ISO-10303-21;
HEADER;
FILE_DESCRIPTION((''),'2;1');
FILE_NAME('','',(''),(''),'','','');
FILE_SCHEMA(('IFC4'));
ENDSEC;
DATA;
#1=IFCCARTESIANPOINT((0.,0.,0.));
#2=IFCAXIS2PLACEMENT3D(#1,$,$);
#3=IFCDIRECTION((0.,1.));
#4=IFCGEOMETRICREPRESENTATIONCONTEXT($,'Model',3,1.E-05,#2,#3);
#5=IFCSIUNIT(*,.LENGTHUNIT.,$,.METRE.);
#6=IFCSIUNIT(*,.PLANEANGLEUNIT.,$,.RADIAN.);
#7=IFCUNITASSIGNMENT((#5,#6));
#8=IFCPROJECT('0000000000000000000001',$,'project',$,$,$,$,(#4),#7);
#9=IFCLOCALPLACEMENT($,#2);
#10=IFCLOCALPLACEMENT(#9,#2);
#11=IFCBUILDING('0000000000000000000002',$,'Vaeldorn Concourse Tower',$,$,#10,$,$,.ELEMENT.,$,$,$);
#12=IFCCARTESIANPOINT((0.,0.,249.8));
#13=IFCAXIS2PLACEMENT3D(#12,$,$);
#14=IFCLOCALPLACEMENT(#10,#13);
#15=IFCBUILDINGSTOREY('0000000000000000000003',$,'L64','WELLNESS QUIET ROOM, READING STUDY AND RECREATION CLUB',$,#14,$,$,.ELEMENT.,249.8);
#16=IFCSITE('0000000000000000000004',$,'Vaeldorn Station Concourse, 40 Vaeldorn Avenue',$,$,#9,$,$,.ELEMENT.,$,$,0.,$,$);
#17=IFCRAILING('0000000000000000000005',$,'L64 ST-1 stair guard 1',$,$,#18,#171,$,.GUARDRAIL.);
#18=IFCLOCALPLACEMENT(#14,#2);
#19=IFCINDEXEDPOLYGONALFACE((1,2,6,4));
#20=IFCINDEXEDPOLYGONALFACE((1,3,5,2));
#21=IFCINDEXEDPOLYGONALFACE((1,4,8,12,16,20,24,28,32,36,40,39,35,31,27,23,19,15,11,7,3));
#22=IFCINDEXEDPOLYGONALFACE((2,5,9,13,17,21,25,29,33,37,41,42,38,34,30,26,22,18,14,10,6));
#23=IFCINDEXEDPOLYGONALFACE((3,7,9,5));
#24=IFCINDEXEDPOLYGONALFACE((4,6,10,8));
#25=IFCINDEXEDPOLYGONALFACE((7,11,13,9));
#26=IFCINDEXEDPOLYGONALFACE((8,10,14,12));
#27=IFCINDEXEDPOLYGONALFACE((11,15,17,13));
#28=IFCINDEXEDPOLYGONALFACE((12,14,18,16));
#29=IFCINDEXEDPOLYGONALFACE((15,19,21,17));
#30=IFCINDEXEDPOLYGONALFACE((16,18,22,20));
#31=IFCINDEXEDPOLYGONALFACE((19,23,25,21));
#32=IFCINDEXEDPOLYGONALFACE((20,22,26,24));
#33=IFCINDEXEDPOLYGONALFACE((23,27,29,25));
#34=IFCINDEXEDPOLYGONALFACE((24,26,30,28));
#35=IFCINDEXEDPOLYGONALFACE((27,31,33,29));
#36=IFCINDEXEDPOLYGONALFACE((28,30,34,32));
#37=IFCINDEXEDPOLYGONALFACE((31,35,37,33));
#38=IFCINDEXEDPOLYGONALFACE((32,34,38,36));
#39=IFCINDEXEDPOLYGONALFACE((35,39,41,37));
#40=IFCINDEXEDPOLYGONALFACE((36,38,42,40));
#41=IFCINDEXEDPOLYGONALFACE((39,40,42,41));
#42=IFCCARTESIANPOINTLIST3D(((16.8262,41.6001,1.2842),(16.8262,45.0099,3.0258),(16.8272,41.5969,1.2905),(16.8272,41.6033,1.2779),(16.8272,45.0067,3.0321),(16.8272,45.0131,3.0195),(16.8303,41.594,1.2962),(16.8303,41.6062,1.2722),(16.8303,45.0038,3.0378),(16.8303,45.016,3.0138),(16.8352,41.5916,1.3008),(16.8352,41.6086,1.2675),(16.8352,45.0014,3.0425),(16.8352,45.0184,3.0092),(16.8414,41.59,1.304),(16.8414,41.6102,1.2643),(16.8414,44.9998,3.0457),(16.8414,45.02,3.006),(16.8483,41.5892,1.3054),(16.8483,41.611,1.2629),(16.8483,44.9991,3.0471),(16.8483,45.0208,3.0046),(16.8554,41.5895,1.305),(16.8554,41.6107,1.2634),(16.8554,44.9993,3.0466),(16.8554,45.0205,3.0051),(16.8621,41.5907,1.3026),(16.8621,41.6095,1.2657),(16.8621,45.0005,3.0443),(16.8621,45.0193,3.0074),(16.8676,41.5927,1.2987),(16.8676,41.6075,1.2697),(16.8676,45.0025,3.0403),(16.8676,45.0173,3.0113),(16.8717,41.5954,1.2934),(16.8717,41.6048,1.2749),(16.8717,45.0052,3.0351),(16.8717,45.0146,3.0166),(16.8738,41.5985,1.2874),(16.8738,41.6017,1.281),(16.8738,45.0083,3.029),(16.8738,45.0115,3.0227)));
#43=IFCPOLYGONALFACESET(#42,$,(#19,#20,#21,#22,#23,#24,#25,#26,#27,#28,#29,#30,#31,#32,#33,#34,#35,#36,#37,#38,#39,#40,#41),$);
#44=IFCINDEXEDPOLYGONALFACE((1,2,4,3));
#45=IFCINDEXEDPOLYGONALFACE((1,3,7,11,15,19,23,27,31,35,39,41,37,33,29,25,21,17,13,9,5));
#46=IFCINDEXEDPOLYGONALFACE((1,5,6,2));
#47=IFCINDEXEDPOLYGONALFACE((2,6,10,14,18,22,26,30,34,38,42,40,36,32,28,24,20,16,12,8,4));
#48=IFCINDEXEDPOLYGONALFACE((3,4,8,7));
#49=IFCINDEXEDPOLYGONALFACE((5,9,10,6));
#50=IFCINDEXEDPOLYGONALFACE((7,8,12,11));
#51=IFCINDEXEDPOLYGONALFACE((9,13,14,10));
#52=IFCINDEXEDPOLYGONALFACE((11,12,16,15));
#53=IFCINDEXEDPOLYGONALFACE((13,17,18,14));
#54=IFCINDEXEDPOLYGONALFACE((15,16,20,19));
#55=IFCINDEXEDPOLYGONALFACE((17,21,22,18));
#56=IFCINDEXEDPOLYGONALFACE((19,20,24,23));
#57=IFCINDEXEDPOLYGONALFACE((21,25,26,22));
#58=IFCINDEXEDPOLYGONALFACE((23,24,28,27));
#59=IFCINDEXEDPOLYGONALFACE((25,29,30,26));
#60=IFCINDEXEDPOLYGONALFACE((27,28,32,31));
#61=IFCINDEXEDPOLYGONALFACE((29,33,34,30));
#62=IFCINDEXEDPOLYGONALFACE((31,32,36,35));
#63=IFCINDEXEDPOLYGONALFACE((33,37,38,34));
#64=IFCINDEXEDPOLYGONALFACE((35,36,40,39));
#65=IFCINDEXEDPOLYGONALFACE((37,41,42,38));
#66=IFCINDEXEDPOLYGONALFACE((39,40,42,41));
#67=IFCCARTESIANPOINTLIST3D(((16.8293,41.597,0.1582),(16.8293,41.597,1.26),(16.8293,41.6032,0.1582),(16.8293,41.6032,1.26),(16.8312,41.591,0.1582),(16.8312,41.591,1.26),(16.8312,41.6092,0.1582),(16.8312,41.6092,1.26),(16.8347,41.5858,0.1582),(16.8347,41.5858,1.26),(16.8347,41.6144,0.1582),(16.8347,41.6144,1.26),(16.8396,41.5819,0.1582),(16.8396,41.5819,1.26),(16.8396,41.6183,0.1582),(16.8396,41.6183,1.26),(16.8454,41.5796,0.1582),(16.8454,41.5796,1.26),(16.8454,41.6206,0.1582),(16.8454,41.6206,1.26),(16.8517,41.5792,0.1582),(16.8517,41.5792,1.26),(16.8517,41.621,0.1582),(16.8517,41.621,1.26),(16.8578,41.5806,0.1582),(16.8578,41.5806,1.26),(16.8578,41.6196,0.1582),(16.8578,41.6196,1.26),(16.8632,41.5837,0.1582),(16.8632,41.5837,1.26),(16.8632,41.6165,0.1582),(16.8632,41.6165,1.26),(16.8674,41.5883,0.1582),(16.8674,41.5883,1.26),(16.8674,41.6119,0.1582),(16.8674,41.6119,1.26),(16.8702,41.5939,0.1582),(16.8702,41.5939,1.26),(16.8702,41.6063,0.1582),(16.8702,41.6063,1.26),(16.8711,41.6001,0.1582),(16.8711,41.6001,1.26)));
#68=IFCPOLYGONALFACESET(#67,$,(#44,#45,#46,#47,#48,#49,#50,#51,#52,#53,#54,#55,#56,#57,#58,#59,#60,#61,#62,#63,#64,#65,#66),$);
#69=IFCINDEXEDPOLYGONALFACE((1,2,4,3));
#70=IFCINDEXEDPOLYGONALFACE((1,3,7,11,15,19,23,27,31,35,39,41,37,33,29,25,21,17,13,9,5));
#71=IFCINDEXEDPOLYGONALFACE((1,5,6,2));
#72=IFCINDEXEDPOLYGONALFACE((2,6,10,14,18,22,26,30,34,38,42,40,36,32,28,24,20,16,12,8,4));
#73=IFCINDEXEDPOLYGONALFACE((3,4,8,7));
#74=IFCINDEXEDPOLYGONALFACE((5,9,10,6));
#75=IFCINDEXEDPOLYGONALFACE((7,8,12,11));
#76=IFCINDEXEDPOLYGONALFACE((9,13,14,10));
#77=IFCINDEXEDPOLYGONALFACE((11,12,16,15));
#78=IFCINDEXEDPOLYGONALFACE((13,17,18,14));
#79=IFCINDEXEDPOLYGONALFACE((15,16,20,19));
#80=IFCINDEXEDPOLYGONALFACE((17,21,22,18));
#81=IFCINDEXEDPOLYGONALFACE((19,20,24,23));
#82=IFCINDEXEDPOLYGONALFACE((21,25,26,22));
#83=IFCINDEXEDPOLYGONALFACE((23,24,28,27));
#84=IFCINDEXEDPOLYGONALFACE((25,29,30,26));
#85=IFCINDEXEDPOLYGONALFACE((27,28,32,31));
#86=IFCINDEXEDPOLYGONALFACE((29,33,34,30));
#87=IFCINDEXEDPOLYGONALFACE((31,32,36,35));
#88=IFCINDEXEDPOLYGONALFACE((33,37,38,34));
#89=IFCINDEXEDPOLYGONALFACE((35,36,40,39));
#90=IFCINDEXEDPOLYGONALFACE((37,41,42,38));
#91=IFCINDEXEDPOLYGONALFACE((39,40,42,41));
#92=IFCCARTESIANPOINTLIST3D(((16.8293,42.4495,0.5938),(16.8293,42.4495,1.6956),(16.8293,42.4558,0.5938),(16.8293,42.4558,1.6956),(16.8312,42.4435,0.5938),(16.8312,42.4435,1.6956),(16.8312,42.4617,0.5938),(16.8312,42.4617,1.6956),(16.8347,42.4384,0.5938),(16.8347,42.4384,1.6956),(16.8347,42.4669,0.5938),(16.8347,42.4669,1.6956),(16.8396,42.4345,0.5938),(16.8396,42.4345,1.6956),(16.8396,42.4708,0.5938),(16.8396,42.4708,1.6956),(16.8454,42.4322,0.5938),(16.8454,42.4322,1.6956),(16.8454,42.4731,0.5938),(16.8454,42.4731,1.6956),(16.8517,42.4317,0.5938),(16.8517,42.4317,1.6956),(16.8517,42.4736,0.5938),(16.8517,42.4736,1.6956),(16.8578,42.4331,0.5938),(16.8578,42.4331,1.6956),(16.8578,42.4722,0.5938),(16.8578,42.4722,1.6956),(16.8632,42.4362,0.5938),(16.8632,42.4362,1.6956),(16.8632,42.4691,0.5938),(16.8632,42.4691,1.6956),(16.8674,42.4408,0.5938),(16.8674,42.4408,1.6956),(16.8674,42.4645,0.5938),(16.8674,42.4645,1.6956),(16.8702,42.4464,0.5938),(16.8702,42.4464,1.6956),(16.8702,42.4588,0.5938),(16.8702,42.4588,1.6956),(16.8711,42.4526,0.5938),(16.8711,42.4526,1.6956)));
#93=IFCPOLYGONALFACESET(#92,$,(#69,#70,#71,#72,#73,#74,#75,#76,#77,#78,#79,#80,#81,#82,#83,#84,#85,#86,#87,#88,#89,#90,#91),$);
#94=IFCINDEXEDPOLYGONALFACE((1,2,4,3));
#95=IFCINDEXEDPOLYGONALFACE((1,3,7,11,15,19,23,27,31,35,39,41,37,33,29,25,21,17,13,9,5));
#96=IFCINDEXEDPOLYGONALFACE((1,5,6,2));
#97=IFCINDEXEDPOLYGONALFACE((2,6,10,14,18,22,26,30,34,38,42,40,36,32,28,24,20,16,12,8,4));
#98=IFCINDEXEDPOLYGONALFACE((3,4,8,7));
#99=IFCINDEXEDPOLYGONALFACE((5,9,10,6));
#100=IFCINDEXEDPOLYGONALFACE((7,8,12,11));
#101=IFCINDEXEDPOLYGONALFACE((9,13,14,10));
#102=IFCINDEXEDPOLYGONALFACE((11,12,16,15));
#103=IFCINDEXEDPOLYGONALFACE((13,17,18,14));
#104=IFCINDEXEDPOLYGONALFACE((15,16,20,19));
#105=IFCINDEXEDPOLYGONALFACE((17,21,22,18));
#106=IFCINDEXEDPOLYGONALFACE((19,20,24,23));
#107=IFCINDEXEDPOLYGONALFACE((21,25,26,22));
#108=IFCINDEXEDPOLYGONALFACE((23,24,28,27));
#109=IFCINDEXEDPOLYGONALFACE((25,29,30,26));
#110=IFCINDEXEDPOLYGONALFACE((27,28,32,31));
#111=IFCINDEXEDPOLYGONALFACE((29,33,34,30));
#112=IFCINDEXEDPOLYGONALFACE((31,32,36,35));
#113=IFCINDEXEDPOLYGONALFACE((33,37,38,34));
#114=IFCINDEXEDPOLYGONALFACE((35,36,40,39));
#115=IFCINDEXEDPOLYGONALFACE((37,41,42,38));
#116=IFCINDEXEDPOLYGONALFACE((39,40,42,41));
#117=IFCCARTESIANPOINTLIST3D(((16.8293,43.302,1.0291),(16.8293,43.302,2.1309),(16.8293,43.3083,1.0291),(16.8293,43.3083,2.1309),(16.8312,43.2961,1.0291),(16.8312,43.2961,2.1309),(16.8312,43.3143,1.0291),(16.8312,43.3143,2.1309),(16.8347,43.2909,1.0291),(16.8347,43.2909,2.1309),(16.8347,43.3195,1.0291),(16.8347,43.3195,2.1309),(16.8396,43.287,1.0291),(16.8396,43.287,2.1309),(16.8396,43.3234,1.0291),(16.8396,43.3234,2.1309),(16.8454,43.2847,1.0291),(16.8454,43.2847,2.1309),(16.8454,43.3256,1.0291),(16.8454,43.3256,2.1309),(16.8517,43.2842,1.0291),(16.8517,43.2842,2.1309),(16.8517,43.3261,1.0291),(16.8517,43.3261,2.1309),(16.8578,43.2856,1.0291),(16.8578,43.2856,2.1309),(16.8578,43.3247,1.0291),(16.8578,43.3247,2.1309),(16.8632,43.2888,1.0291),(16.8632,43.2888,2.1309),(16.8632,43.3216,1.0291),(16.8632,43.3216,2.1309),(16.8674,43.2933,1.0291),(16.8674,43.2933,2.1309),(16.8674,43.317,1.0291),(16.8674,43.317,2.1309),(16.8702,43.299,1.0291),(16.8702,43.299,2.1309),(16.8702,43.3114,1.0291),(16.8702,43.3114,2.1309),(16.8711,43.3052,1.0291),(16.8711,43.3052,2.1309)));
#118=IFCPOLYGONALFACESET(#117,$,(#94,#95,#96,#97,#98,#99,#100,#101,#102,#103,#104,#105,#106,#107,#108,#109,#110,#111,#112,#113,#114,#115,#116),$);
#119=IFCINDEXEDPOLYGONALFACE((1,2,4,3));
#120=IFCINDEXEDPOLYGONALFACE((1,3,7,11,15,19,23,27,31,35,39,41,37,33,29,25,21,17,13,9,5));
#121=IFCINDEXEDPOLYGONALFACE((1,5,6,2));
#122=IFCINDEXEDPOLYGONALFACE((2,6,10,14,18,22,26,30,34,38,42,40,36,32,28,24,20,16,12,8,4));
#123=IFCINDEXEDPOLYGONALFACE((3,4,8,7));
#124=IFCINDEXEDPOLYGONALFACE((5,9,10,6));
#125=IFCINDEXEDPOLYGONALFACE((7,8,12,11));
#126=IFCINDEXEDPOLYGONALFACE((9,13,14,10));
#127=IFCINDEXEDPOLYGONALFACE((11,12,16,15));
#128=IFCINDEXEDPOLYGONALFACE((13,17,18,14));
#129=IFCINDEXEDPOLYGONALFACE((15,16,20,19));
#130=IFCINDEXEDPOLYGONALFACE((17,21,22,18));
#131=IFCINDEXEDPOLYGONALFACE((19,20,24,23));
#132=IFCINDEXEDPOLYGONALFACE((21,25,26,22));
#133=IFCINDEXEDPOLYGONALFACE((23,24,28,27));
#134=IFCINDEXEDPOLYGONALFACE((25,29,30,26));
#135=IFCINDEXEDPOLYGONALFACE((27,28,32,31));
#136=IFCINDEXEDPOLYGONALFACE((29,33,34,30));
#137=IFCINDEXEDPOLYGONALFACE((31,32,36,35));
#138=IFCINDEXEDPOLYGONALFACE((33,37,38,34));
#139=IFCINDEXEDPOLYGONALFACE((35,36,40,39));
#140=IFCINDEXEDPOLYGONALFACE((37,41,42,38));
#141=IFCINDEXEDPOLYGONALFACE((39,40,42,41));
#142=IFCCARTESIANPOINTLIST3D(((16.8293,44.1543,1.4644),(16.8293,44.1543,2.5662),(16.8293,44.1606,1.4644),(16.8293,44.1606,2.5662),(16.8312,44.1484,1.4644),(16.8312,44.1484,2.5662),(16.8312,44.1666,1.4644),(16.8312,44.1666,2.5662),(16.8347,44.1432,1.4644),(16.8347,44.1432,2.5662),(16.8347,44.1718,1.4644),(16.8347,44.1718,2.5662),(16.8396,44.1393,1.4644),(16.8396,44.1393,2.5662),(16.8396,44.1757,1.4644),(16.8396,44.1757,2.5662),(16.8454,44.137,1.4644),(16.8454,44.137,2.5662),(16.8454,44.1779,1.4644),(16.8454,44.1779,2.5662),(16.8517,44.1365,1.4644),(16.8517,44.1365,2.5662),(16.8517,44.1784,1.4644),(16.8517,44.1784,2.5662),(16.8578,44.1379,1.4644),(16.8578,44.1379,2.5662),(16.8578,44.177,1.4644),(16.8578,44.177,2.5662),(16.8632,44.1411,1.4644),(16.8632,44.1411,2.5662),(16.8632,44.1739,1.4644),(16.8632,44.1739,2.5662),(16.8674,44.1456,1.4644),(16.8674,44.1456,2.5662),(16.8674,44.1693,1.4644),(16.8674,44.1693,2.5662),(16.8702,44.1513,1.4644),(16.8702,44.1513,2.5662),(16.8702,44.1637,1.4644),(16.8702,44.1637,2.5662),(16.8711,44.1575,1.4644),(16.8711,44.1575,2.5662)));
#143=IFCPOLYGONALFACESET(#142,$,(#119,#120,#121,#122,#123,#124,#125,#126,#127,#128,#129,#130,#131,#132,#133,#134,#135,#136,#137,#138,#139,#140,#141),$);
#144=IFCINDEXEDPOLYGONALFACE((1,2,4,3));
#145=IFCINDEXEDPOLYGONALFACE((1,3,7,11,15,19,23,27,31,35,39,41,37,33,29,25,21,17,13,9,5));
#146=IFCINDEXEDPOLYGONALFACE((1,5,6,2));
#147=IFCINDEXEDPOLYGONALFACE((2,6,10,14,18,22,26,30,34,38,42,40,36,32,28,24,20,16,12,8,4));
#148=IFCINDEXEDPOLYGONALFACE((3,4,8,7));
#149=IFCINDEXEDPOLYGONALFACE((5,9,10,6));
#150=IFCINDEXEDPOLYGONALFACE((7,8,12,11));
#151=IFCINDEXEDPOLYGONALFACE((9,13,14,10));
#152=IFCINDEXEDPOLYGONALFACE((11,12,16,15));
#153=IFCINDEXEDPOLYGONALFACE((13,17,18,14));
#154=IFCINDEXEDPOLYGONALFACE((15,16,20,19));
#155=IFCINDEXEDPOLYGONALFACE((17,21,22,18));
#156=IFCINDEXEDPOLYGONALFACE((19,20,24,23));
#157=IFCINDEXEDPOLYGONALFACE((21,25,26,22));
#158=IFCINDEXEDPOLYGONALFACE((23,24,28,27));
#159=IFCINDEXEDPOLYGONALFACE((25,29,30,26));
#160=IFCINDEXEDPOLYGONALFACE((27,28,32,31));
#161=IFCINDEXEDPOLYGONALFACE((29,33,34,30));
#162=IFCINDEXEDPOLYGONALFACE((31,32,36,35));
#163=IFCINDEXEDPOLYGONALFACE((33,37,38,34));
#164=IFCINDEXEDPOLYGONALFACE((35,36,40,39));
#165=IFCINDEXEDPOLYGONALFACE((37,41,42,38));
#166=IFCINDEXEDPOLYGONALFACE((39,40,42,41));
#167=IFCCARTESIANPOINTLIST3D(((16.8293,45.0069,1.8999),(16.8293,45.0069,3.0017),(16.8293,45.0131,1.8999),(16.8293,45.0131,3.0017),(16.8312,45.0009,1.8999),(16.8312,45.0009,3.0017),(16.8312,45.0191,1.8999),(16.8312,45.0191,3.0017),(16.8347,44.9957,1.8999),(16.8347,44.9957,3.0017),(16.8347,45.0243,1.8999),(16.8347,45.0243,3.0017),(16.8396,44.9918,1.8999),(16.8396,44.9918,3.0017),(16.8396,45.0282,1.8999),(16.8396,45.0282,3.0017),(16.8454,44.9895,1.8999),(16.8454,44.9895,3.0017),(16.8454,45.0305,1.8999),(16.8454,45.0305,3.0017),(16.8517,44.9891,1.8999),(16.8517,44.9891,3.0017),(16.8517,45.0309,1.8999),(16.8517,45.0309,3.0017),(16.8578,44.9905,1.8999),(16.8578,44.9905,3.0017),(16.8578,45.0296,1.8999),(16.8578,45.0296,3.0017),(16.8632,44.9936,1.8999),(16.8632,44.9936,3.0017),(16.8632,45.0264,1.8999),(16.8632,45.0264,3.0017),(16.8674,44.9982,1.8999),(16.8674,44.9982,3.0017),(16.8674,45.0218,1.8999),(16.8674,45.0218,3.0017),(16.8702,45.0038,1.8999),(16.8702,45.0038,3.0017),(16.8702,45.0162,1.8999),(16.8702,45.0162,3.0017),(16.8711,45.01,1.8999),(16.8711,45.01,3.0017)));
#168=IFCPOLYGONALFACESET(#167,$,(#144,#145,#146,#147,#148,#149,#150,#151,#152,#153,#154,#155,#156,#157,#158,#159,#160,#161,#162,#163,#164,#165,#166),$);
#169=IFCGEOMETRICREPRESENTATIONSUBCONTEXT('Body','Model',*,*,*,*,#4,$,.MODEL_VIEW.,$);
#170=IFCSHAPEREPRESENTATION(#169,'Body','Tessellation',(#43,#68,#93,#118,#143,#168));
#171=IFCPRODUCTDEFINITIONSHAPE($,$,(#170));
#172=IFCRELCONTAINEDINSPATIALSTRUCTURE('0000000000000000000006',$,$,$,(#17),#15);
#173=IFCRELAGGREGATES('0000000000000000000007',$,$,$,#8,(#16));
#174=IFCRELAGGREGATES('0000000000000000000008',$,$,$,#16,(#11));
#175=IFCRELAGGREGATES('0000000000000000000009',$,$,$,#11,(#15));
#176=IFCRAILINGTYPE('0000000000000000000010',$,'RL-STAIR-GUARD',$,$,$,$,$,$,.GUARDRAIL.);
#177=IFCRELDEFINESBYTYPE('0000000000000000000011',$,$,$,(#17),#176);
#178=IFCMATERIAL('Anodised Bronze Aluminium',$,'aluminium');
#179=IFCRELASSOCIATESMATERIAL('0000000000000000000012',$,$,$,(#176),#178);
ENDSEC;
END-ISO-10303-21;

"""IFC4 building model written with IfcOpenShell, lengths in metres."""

from ifc_helpers import new_model, si_unit, direction, frame, origin, origin_2d, place, context, subcontext, project, spatial, circle, extrude, material, type_object, element, save


model = new_model("IFC4")

# Units and contexts
model_context = context("Model", 3, precision=1e-05, world=origin(), true_north=direction((0.0, 1.0)))
body_context = subcontext(model_context, "Body", "Model", "MODEL_VIEW")
ifc_project = project(units=[si_unit("LENGTHUNIT", "METRE"), si_unit("PLANEANGLEUNIT", "RADIAN")], contexts=[model_context])

# Site, building, storey
site_placement = place(None, origin())
site = spatial("IfcSite", under=ifc_project, at=site_placement, Name="Vaeldorn Station Concourse, 40 Vaeldorn Avenue", CompositionType="ELEMENT", RefElevation=0.0)
building_placement = place(site_placement, origin())
building = spatial("IfcBuilding", under=site, at=building_placement, Name="Vaeldorn Concourse Tower", CompositionType="ELEMENT")
storey_placement = place(building_placement, frame((0.0, 0.0, 249.8)))
storey = spatial("IfcBuildingStorey", under=building, at=storey_placement, Name="L64", Description="WELLNESS QUIET ROOM, READING STUDY AND RECREATION CLUB", CompositionType="ELEMENT", Elevation=249.8)

# Shared definitions
ifc_material_1 = material(Name="Anodised Bronze Aluminium", Category="aluminium")

# Railing
railing_type_1 = type_object("IfcRailingType", Name="RL-STAIR-GUARD", PredefinedType="GUARDRAIL", material=ifc_material_1)
railing_1_placement = place(storey_placement, frame((16.8501, 41.6001, 0.1582)))
element("IfcRailing", 1, at=railing_1_placement, inside=storey, type_object=railing_type_1, Name="L64 ST-1 stair guard 1", PredefinedType="GUARDRAIL", context=body_context, shape_type="SweptSolid", body=[
    extrude(circle(Radius=0.0239, at=origin_2d()), frame((0.0, 0.0, 1.126), z_axis=(0.0, 0.890556, 0.454874), x_axis=(-1.0, 0.0, 0.0)), (0.0, 0.0, 1.0), 3.8289),
    extrude(circle(Radius=0.021, at=origin_2d()), origin(), (0.0, 0.0, 1.0), 1.1018),
    extrude(circle(Radius=0.021, at=origin_2d()), frame((0.0, 0.8525, 0.4355)), (0.0, 0.0, 1.0), 1.1018),
    extrude(circle(Radius=0.021, at=origin_2d()), frame((0.0, 1.7051, 0.8708)), (0.0, 0.0, 1.0), 1.1018),
    extrude(circle(Radius=0.021, at=origin_2d()), frame((0.0, 2.5574, 1.3062)), (0.0, 0.0, 1.0), 1.1018),
    extrude(circle(Radius=0.021, at=origin_2d()), frame((0.0, 3.4099, 1.7417)), (0.0, 0.0, 1.0), 1.1018),
])

save(model, "model.ifc")
